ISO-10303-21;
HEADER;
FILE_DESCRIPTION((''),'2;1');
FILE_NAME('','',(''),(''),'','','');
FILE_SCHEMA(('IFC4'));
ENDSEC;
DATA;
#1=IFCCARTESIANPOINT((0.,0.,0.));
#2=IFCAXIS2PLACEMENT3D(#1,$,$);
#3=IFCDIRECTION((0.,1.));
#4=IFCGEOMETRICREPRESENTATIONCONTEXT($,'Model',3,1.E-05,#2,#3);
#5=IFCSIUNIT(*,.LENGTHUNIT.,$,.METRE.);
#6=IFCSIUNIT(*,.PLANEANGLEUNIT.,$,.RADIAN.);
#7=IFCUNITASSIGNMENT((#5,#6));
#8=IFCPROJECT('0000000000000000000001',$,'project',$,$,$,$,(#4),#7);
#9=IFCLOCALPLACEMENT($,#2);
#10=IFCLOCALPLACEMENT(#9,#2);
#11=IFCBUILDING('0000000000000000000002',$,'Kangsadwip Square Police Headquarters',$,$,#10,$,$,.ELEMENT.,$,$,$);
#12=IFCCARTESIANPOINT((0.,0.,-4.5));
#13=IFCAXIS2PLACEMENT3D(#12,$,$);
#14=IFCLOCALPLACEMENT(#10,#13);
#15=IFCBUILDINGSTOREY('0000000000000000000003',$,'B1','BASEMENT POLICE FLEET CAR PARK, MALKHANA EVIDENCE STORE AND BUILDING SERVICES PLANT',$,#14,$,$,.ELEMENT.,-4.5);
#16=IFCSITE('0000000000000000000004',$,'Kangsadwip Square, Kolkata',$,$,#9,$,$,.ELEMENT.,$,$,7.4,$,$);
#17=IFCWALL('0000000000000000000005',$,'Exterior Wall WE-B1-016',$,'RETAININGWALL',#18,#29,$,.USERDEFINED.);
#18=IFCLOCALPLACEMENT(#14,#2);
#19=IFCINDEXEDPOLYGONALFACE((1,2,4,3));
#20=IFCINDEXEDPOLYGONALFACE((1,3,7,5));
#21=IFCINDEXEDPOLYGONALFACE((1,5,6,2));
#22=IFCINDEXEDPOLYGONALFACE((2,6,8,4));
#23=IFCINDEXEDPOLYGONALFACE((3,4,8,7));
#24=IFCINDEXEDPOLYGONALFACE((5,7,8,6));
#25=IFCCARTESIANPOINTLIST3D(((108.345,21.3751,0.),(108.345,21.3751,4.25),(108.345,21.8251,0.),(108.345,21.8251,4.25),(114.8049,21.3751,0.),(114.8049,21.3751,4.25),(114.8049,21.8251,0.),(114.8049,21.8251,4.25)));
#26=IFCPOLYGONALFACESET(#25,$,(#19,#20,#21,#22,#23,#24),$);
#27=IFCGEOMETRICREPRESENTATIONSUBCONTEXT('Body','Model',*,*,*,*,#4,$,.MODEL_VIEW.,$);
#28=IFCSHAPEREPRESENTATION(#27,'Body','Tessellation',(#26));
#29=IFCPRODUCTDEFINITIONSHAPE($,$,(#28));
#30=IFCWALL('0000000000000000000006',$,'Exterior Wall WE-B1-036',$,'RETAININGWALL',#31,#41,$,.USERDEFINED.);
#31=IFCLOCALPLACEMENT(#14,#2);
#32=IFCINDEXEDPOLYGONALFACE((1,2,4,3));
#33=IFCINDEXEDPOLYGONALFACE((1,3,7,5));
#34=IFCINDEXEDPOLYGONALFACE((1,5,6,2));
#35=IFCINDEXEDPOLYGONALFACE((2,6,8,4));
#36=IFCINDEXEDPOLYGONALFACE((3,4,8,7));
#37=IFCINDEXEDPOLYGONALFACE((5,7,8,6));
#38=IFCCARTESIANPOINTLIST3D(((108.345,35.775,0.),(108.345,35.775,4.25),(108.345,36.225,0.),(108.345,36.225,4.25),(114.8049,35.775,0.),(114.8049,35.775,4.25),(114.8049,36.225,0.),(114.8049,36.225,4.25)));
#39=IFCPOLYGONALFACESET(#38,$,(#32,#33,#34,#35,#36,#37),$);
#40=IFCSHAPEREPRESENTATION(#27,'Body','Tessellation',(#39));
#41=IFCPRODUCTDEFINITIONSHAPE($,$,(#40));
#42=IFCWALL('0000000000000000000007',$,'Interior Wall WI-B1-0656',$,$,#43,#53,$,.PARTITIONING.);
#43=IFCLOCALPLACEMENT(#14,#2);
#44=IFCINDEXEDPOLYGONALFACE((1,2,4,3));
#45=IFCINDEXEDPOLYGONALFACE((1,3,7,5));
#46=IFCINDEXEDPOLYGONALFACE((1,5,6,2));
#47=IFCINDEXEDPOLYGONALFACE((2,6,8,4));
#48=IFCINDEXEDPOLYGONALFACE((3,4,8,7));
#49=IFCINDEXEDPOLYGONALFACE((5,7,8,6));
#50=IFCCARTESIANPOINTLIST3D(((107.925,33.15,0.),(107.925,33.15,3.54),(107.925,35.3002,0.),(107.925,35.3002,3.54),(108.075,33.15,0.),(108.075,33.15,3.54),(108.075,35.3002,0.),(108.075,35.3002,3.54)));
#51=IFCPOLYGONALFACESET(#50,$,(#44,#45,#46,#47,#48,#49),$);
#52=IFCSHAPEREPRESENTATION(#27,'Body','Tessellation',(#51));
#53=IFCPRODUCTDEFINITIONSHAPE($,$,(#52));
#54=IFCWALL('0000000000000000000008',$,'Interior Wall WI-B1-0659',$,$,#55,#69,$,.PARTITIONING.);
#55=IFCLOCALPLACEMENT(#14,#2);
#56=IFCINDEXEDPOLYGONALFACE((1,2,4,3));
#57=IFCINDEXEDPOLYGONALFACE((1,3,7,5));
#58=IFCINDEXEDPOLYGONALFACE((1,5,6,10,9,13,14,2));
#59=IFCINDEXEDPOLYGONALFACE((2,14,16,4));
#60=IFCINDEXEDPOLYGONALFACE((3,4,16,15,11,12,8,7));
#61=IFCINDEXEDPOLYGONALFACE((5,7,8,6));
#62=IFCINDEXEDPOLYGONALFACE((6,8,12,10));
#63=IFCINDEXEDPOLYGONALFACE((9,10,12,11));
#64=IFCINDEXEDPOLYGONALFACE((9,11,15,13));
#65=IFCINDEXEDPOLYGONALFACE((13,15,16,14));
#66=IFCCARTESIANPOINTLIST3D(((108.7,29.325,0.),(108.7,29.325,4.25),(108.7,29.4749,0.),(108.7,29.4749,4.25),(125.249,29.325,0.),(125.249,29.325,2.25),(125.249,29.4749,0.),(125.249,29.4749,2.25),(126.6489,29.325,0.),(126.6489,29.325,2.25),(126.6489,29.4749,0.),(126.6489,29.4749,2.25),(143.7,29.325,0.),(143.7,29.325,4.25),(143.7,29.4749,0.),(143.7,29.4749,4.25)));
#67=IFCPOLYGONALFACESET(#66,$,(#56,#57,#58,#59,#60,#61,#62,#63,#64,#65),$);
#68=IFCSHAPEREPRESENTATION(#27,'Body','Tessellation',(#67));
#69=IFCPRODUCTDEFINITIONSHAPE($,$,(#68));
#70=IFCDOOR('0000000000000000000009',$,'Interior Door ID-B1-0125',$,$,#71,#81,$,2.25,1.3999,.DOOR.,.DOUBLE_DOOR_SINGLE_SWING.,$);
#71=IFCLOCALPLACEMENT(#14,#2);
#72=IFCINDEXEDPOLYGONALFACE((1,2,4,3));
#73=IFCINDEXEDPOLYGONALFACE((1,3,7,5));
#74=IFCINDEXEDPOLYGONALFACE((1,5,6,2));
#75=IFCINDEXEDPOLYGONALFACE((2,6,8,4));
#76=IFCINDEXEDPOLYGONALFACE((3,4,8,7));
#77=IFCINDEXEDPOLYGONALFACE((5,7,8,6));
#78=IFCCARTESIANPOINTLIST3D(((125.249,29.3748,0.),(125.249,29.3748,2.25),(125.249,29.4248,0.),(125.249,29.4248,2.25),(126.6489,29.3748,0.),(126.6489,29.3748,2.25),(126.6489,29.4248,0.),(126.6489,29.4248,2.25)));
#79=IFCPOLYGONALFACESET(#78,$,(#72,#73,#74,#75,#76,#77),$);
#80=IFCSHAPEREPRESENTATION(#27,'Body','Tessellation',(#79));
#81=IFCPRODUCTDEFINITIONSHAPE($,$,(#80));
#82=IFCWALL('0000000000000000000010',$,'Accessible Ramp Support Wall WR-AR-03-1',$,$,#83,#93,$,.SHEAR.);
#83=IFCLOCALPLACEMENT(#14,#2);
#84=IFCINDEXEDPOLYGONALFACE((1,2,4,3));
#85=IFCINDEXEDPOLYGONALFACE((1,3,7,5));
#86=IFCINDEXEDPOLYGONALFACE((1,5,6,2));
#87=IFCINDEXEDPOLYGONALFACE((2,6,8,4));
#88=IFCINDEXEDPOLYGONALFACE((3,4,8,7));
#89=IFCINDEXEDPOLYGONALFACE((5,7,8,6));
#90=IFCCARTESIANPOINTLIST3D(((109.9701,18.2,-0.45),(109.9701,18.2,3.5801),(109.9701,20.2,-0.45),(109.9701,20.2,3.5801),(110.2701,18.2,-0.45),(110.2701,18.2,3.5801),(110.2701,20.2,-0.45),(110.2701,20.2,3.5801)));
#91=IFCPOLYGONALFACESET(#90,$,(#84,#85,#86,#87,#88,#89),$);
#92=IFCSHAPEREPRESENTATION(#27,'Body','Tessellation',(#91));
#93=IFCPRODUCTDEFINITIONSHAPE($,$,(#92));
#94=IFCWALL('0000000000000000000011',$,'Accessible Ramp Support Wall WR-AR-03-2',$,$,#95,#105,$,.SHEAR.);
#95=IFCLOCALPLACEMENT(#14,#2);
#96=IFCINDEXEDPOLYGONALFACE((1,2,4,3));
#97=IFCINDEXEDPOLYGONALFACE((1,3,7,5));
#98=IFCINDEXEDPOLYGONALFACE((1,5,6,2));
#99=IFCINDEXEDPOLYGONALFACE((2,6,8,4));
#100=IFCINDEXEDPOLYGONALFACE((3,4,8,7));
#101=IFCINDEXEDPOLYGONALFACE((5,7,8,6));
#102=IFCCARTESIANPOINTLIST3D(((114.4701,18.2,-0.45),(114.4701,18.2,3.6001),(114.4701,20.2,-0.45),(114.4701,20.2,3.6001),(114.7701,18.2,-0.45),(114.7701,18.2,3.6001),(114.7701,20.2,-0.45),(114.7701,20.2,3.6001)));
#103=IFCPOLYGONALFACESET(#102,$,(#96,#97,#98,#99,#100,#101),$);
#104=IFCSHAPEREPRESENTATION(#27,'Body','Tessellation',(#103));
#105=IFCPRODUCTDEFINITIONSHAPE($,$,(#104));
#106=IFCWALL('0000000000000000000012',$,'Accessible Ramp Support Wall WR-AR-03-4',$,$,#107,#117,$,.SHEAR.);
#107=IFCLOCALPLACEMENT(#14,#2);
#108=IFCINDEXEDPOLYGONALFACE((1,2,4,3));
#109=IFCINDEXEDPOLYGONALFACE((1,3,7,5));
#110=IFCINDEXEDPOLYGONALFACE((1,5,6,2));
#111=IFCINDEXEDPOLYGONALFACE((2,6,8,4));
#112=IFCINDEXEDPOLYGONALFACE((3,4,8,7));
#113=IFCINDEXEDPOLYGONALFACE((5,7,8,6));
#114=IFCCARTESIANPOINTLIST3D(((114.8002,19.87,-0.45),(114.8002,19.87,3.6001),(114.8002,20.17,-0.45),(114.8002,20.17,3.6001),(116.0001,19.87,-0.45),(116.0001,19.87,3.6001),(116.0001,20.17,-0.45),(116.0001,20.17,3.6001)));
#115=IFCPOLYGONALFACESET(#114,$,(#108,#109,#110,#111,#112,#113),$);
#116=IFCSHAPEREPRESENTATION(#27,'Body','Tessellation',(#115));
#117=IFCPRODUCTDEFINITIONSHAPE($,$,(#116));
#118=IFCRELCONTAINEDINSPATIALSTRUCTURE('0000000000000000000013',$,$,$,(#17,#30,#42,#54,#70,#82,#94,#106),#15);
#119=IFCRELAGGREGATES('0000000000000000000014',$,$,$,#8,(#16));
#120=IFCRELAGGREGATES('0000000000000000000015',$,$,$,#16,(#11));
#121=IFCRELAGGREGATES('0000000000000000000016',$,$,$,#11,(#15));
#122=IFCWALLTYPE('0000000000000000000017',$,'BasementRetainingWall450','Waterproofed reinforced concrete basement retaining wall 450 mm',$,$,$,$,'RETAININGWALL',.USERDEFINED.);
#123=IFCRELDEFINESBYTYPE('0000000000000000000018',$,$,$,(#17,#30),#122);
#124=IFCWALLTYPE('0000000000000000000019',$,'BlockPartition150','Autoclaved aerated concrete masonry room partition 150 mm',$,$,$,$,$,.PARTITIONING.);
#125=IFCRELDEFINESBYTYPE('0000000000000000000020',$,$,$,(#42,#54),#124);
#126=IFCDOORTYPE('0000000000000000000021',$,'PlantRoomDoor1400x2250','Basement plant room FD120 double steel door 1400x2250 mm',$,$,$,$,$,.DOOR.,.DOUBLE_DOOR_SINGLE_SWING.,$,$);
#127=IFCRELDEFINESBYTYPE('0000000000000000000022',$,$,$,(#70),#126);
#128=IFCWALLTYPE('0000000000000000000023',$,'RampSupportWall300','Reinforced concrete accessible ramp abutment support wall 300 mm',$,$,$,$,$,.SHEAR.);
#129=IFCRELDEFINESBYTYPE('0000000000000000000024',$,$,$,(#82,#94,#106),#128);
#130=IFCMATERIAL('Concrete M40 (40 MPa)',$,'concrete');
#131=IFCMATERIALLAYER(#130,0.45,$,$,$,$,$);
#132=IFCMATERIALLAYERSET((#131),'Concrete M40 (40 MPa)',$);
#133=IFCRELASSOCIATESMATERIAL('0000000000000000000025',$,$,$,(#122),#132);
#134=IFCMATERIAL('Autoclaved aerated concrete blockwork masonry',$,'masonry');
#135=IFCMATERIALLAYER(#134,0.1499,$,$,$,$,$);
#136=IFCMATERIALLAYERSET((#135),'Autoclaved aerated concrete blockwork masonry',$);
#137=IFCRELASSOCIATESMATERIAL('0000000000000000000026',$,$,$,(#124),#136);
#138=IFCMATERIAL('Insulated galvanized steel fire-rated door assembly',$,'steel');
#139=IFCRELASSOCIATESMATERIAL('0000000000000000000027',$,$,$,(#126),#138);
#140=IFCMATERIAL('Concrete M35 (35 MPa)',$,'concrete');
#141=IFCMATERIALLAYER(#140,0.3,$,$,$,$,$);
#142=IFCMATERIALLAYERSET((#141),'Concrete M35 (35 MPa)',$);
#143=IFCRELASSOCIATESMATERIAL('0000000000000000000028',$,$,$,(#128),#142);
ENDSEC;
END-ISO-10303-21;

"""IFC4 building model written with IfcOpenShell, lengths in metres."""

from ifc_helpers import new_model, si_unit, direction, frame, frame_2d, origin, place, context, subcontext, project, spatial, rectangle, extrude, material, layer, layer_set, type_object, element, fill, save


model = new_model("IFC4")

# Units and contexts
model_context = context("Model", 3, precision=1e-05, world=origin(), true_north=direction((0.0, 1.0)))
body_context = subcontext(model_context, "Body", "Model", "MODEL_VIEW")
ifc_project = project(units=[si_unit("LENGTHUNIT", "METRE"), si_unit("PLANEANGLEUNIT", "RADIAN")], contexts=[model_context])

# Site, building, storey
site_placement = place(None, origin())
site = spatial("IfcSite", under=ifc_project, at=site_placement, Name="Kangsadwip Square, Kolkata", CompositionType="ELEMENT", RefElevation=7.4)
building_placement = place(site_placement, origin())
building = spatial("IfcBuilding", under=site, at=building_placement, Name="Kangsadwip Square Police Headquarters", CompositionType="ELEMENT")
storey_placement = place(building_placement, frame((0.0, 0.0, -4.5)))
storey = spatial("IfcBuildingStorey", under=building, at=storey_placement, Name="B1", Description="BASEMENT POLICE FLEET CAR PARK, MALKHANA EVIDENCE STORE AND BUILDING SERVICES PLANT", CompositionType="ELEMENT", Elevation=-4.5)

# Walls
ifc_material_1 = material(Name="Concrete M40 (40 MPa)", Category="concrete")
ifc_layer_1 = layer(ifc_material_1, 0.45)
ifc_layer_set_1 = layer_set([ifc_layer_1], Name="Concrete M40 (40 MPa)")
wall_type_1 = type_object("IfcWallType", Name="BasementRetainingWall450", Description="Waterproofed reinforced concrete basement retaining wall 450 mm", ElementType="RETAININGWALL", PredefinedType="USERDEFINED", material=ifc_layer_set_1)
for number, where, z_axis, x_axis, name in (
    (1, (108.345, 21.6001, 0.0), (0.0, 0.0, 1.0), (1.0, 0.0, 0.0), "Exterior Wall WE-B1-016"),
    (2, (108.345, 36.0, 0.0), (0.0, 0.0, 1.0), (1.0, 0.0, 0.0), "Exterior Wall WE-B1-036"),
):
    element("IfcWall", number, at=place(storey_placement, frame(where, z_axis=z_axis, x_axis=x_axis)), inside=storey, type_object=wall_type_1, Name=name, ObjectType="RETAININGWALL", PredefinedType="USERDEFINED", context=body_context, shape_type="SweptSolid", body=[
        extrude(rectangle(XDim=6.46, YDim=0.45, at=frame_2d((3.23, 0.0))), origin(), (0.0, 0.0, 1.0), 4.25),
    ])
ifc_material_2 = material(Name="Autoclaved aerated concrete blockwork masonry", Category="masonry")
ifc_layer_2 = layer(ifc_material_2, 0.1499)
ifc_layer_set_2 = layer_set([ifc_layer_2], Name="Autoclaved aerated concrete blockwork masonry")
wall_type_2 = type_object("IfcWallType", Name="BlockPartition150", Description="Autoclaved aerated concrete masonry room partition 150 mm", PredefinedType="PARTITIONING", material=ifc_layer_set_2)
wall_1_placement = place(storey_placement, frame((108.0, 33.1499, 0.0), z_axis=(0.0, 0.0, 1.0), x_axis=(0.0, 1.0, 0.0)))
element("IfcWall", 3, at=wall_1_placement, inside=storey, type_object=wall_type_2, Name="Interior Wall WI-B1-0656", PredefinedType="PARTITIONING", context=body_context, shape_type="SweptSolid", body=[
    extrude(rectangle(XDim=2.1501, YDim=0.1499, at=frame_2d((1.0752, 0.0))), origin(), (0.0, 0.0, 1.0), 3.54),
])

# Wall, opening, door
wall_2_placement = place(storey_placement, frame((108.7, 29.3999, 0.0), z_axis=(0.0, 0.0, 1.0), x_axis=(1.0, 0.0, 0.0)))
wall_2 = element("IfcWall", 4, at=wall_2_placement, inside=storey, type_object=wall_type_2, Name="Interior Wall WI-B1-0659", PredefinedType="PARTITIONING", context=body_context, shape_type="SweptSolid", body=[
    extrude(rectangle(XDim=35.0, YDim=0.1499, at=frame_2d((17.5, 0.0))), origin(), (0.0, 0.0, 1.0), 4.25),
])
opening_placement = place(wall_2_placement, frame((16.5491, 0.0, 0.0)))
opening = element("IfcOpeningElement", 5, at=opening_placement, cuts=wall_2, PredefinedType="OPENING", context=body_context, shape_type="SweptSolid", body=[
    extrude(rectangle(XDim=1.3999, YDim=2.25, at=frame_2d((0.7, 1.125))), frame((0.0, 0.085, 0.0), z_axis=(0.0, -1.0, 0.0), x_axis=(1.0, 0.0, 0.0)), (0.0, 0.0, 1.0), 0.1699),
])
ifc_material_3 = material(Name="Insulated galvanized steel fire-rated door assembly", Category="steel")
door_type = type_object("IfcDoorType", Name="PlantRoomDoor1400x2250", Description="Basement plant room FD120 double steel door 1400x2250 mm", OperationType="DOUBLE_DOOR_SINGLE_SWING", PredefinedType="DOOR", material=ifc_material_3)
door_placement = place(opening_placement, origin())
door = element("IfcDoor", 6, at=door_placement, inside=storey, type_object=door_type, Name="Interior Door ID-B1-0125", OperationType="DOUBLE_DOOR_SINGLE_SWING", OverallHeight=2.25, OverallWidth=1.3999, PredefinedType="DOOR", context=body_context, shape_type="SweptSolid", body=[
    extrude(rectangle(XDim=1.3999, YDim=2.25, at=frame_2d((0.7, 1.125))), frame((0.0, 0.0249, 0.0), z_axis=(0.0, -1.0, 0.0), x_axis=(1.0, 0.0, 0.0)), (0.0, 0.0, 1.0), 0.05),
])
fill(opening, door)

# Walls
ifc_material_4 = material(Name="Concrete M35 (35 MPa)", Category="concrete")
ifc_layer_3 = layer(ifc_material_4, 0.3)
ifc_layer_set_3 = layer_set([ifc_layer_3], Name="Concrete M35 (35 MPa)")
wall_type_3 = type_object("IfcWallType", Name="RampSupportWall300", Description="Reinforced concrete accessible ramp abutment support wall 300 mm", PredefinedType="SHEAR", material=ifc_layer_set_3)
wall_3_placement = place(storey_placement, frame((110.1201, 18.2, -0.45), z_axis=(0.0, 0.0, 1.0), x_axis=(0.0, 1.0, 0.0)))
element("IfcWall", 7, at=wall_3_placement, inside=storey, type_object=wall_type_3, Name="Accessible Ramp Support Wall WR-AR-03-1", PredefinedType="SHEAR", context=body_context, shape_type="SweptSolid", body=[
    extrude(rectangle(XDim=2.0, YDim=0.3, at=frame_2d((1.0, 0.0))), origin(), (0.0, 0.0, 1.0), 4.03),
])
wall_4_placement = place(storey_placement, frame((114.6201, 18.2, -0.45), z_axis=(0.0, 0.0, 1.0), x_axis=(0.0, 1.0, 0.0)))
element("IfcWall", 8, at=wall_4_placement, inside=storey, type_object=wall_type_3, Name="Accessible Ramp Support Wall WR-AR-03-2", PredefinedType="SHEAR", context=body_context, shape_type="SweptSolid", body=[
    extrude(rectangle(XDim=2.0, YDim=0.3, at=frame_2d((1.0, 0.0))), origin(), (0.0, 0.0, 1.0), 4.05),
])
wall_5_placement = place(storey_placement, frame((114.8, 20.02, -0.45), z_axis=(0.0, 0.0, 1.0), x_axis=(1.0, 0.0, 0.0)))
element("IfcWall", 9, at=wall_5_placement, inside=storey, type_object=wall_type_3, Name="Accessible Ramp Support Wall WR-AR-03-4", PredefinedType="SHEAR", context=body_context, shape_type="SweptSolid", body=[
    extrude(rectangle(XDim=1.2, YDim=0.3, at=frame_2d((0.6001, 0.0))), origin(), (0.0, 0.0, 1.0), 4.05),
])

save(model, "model.ifc")
